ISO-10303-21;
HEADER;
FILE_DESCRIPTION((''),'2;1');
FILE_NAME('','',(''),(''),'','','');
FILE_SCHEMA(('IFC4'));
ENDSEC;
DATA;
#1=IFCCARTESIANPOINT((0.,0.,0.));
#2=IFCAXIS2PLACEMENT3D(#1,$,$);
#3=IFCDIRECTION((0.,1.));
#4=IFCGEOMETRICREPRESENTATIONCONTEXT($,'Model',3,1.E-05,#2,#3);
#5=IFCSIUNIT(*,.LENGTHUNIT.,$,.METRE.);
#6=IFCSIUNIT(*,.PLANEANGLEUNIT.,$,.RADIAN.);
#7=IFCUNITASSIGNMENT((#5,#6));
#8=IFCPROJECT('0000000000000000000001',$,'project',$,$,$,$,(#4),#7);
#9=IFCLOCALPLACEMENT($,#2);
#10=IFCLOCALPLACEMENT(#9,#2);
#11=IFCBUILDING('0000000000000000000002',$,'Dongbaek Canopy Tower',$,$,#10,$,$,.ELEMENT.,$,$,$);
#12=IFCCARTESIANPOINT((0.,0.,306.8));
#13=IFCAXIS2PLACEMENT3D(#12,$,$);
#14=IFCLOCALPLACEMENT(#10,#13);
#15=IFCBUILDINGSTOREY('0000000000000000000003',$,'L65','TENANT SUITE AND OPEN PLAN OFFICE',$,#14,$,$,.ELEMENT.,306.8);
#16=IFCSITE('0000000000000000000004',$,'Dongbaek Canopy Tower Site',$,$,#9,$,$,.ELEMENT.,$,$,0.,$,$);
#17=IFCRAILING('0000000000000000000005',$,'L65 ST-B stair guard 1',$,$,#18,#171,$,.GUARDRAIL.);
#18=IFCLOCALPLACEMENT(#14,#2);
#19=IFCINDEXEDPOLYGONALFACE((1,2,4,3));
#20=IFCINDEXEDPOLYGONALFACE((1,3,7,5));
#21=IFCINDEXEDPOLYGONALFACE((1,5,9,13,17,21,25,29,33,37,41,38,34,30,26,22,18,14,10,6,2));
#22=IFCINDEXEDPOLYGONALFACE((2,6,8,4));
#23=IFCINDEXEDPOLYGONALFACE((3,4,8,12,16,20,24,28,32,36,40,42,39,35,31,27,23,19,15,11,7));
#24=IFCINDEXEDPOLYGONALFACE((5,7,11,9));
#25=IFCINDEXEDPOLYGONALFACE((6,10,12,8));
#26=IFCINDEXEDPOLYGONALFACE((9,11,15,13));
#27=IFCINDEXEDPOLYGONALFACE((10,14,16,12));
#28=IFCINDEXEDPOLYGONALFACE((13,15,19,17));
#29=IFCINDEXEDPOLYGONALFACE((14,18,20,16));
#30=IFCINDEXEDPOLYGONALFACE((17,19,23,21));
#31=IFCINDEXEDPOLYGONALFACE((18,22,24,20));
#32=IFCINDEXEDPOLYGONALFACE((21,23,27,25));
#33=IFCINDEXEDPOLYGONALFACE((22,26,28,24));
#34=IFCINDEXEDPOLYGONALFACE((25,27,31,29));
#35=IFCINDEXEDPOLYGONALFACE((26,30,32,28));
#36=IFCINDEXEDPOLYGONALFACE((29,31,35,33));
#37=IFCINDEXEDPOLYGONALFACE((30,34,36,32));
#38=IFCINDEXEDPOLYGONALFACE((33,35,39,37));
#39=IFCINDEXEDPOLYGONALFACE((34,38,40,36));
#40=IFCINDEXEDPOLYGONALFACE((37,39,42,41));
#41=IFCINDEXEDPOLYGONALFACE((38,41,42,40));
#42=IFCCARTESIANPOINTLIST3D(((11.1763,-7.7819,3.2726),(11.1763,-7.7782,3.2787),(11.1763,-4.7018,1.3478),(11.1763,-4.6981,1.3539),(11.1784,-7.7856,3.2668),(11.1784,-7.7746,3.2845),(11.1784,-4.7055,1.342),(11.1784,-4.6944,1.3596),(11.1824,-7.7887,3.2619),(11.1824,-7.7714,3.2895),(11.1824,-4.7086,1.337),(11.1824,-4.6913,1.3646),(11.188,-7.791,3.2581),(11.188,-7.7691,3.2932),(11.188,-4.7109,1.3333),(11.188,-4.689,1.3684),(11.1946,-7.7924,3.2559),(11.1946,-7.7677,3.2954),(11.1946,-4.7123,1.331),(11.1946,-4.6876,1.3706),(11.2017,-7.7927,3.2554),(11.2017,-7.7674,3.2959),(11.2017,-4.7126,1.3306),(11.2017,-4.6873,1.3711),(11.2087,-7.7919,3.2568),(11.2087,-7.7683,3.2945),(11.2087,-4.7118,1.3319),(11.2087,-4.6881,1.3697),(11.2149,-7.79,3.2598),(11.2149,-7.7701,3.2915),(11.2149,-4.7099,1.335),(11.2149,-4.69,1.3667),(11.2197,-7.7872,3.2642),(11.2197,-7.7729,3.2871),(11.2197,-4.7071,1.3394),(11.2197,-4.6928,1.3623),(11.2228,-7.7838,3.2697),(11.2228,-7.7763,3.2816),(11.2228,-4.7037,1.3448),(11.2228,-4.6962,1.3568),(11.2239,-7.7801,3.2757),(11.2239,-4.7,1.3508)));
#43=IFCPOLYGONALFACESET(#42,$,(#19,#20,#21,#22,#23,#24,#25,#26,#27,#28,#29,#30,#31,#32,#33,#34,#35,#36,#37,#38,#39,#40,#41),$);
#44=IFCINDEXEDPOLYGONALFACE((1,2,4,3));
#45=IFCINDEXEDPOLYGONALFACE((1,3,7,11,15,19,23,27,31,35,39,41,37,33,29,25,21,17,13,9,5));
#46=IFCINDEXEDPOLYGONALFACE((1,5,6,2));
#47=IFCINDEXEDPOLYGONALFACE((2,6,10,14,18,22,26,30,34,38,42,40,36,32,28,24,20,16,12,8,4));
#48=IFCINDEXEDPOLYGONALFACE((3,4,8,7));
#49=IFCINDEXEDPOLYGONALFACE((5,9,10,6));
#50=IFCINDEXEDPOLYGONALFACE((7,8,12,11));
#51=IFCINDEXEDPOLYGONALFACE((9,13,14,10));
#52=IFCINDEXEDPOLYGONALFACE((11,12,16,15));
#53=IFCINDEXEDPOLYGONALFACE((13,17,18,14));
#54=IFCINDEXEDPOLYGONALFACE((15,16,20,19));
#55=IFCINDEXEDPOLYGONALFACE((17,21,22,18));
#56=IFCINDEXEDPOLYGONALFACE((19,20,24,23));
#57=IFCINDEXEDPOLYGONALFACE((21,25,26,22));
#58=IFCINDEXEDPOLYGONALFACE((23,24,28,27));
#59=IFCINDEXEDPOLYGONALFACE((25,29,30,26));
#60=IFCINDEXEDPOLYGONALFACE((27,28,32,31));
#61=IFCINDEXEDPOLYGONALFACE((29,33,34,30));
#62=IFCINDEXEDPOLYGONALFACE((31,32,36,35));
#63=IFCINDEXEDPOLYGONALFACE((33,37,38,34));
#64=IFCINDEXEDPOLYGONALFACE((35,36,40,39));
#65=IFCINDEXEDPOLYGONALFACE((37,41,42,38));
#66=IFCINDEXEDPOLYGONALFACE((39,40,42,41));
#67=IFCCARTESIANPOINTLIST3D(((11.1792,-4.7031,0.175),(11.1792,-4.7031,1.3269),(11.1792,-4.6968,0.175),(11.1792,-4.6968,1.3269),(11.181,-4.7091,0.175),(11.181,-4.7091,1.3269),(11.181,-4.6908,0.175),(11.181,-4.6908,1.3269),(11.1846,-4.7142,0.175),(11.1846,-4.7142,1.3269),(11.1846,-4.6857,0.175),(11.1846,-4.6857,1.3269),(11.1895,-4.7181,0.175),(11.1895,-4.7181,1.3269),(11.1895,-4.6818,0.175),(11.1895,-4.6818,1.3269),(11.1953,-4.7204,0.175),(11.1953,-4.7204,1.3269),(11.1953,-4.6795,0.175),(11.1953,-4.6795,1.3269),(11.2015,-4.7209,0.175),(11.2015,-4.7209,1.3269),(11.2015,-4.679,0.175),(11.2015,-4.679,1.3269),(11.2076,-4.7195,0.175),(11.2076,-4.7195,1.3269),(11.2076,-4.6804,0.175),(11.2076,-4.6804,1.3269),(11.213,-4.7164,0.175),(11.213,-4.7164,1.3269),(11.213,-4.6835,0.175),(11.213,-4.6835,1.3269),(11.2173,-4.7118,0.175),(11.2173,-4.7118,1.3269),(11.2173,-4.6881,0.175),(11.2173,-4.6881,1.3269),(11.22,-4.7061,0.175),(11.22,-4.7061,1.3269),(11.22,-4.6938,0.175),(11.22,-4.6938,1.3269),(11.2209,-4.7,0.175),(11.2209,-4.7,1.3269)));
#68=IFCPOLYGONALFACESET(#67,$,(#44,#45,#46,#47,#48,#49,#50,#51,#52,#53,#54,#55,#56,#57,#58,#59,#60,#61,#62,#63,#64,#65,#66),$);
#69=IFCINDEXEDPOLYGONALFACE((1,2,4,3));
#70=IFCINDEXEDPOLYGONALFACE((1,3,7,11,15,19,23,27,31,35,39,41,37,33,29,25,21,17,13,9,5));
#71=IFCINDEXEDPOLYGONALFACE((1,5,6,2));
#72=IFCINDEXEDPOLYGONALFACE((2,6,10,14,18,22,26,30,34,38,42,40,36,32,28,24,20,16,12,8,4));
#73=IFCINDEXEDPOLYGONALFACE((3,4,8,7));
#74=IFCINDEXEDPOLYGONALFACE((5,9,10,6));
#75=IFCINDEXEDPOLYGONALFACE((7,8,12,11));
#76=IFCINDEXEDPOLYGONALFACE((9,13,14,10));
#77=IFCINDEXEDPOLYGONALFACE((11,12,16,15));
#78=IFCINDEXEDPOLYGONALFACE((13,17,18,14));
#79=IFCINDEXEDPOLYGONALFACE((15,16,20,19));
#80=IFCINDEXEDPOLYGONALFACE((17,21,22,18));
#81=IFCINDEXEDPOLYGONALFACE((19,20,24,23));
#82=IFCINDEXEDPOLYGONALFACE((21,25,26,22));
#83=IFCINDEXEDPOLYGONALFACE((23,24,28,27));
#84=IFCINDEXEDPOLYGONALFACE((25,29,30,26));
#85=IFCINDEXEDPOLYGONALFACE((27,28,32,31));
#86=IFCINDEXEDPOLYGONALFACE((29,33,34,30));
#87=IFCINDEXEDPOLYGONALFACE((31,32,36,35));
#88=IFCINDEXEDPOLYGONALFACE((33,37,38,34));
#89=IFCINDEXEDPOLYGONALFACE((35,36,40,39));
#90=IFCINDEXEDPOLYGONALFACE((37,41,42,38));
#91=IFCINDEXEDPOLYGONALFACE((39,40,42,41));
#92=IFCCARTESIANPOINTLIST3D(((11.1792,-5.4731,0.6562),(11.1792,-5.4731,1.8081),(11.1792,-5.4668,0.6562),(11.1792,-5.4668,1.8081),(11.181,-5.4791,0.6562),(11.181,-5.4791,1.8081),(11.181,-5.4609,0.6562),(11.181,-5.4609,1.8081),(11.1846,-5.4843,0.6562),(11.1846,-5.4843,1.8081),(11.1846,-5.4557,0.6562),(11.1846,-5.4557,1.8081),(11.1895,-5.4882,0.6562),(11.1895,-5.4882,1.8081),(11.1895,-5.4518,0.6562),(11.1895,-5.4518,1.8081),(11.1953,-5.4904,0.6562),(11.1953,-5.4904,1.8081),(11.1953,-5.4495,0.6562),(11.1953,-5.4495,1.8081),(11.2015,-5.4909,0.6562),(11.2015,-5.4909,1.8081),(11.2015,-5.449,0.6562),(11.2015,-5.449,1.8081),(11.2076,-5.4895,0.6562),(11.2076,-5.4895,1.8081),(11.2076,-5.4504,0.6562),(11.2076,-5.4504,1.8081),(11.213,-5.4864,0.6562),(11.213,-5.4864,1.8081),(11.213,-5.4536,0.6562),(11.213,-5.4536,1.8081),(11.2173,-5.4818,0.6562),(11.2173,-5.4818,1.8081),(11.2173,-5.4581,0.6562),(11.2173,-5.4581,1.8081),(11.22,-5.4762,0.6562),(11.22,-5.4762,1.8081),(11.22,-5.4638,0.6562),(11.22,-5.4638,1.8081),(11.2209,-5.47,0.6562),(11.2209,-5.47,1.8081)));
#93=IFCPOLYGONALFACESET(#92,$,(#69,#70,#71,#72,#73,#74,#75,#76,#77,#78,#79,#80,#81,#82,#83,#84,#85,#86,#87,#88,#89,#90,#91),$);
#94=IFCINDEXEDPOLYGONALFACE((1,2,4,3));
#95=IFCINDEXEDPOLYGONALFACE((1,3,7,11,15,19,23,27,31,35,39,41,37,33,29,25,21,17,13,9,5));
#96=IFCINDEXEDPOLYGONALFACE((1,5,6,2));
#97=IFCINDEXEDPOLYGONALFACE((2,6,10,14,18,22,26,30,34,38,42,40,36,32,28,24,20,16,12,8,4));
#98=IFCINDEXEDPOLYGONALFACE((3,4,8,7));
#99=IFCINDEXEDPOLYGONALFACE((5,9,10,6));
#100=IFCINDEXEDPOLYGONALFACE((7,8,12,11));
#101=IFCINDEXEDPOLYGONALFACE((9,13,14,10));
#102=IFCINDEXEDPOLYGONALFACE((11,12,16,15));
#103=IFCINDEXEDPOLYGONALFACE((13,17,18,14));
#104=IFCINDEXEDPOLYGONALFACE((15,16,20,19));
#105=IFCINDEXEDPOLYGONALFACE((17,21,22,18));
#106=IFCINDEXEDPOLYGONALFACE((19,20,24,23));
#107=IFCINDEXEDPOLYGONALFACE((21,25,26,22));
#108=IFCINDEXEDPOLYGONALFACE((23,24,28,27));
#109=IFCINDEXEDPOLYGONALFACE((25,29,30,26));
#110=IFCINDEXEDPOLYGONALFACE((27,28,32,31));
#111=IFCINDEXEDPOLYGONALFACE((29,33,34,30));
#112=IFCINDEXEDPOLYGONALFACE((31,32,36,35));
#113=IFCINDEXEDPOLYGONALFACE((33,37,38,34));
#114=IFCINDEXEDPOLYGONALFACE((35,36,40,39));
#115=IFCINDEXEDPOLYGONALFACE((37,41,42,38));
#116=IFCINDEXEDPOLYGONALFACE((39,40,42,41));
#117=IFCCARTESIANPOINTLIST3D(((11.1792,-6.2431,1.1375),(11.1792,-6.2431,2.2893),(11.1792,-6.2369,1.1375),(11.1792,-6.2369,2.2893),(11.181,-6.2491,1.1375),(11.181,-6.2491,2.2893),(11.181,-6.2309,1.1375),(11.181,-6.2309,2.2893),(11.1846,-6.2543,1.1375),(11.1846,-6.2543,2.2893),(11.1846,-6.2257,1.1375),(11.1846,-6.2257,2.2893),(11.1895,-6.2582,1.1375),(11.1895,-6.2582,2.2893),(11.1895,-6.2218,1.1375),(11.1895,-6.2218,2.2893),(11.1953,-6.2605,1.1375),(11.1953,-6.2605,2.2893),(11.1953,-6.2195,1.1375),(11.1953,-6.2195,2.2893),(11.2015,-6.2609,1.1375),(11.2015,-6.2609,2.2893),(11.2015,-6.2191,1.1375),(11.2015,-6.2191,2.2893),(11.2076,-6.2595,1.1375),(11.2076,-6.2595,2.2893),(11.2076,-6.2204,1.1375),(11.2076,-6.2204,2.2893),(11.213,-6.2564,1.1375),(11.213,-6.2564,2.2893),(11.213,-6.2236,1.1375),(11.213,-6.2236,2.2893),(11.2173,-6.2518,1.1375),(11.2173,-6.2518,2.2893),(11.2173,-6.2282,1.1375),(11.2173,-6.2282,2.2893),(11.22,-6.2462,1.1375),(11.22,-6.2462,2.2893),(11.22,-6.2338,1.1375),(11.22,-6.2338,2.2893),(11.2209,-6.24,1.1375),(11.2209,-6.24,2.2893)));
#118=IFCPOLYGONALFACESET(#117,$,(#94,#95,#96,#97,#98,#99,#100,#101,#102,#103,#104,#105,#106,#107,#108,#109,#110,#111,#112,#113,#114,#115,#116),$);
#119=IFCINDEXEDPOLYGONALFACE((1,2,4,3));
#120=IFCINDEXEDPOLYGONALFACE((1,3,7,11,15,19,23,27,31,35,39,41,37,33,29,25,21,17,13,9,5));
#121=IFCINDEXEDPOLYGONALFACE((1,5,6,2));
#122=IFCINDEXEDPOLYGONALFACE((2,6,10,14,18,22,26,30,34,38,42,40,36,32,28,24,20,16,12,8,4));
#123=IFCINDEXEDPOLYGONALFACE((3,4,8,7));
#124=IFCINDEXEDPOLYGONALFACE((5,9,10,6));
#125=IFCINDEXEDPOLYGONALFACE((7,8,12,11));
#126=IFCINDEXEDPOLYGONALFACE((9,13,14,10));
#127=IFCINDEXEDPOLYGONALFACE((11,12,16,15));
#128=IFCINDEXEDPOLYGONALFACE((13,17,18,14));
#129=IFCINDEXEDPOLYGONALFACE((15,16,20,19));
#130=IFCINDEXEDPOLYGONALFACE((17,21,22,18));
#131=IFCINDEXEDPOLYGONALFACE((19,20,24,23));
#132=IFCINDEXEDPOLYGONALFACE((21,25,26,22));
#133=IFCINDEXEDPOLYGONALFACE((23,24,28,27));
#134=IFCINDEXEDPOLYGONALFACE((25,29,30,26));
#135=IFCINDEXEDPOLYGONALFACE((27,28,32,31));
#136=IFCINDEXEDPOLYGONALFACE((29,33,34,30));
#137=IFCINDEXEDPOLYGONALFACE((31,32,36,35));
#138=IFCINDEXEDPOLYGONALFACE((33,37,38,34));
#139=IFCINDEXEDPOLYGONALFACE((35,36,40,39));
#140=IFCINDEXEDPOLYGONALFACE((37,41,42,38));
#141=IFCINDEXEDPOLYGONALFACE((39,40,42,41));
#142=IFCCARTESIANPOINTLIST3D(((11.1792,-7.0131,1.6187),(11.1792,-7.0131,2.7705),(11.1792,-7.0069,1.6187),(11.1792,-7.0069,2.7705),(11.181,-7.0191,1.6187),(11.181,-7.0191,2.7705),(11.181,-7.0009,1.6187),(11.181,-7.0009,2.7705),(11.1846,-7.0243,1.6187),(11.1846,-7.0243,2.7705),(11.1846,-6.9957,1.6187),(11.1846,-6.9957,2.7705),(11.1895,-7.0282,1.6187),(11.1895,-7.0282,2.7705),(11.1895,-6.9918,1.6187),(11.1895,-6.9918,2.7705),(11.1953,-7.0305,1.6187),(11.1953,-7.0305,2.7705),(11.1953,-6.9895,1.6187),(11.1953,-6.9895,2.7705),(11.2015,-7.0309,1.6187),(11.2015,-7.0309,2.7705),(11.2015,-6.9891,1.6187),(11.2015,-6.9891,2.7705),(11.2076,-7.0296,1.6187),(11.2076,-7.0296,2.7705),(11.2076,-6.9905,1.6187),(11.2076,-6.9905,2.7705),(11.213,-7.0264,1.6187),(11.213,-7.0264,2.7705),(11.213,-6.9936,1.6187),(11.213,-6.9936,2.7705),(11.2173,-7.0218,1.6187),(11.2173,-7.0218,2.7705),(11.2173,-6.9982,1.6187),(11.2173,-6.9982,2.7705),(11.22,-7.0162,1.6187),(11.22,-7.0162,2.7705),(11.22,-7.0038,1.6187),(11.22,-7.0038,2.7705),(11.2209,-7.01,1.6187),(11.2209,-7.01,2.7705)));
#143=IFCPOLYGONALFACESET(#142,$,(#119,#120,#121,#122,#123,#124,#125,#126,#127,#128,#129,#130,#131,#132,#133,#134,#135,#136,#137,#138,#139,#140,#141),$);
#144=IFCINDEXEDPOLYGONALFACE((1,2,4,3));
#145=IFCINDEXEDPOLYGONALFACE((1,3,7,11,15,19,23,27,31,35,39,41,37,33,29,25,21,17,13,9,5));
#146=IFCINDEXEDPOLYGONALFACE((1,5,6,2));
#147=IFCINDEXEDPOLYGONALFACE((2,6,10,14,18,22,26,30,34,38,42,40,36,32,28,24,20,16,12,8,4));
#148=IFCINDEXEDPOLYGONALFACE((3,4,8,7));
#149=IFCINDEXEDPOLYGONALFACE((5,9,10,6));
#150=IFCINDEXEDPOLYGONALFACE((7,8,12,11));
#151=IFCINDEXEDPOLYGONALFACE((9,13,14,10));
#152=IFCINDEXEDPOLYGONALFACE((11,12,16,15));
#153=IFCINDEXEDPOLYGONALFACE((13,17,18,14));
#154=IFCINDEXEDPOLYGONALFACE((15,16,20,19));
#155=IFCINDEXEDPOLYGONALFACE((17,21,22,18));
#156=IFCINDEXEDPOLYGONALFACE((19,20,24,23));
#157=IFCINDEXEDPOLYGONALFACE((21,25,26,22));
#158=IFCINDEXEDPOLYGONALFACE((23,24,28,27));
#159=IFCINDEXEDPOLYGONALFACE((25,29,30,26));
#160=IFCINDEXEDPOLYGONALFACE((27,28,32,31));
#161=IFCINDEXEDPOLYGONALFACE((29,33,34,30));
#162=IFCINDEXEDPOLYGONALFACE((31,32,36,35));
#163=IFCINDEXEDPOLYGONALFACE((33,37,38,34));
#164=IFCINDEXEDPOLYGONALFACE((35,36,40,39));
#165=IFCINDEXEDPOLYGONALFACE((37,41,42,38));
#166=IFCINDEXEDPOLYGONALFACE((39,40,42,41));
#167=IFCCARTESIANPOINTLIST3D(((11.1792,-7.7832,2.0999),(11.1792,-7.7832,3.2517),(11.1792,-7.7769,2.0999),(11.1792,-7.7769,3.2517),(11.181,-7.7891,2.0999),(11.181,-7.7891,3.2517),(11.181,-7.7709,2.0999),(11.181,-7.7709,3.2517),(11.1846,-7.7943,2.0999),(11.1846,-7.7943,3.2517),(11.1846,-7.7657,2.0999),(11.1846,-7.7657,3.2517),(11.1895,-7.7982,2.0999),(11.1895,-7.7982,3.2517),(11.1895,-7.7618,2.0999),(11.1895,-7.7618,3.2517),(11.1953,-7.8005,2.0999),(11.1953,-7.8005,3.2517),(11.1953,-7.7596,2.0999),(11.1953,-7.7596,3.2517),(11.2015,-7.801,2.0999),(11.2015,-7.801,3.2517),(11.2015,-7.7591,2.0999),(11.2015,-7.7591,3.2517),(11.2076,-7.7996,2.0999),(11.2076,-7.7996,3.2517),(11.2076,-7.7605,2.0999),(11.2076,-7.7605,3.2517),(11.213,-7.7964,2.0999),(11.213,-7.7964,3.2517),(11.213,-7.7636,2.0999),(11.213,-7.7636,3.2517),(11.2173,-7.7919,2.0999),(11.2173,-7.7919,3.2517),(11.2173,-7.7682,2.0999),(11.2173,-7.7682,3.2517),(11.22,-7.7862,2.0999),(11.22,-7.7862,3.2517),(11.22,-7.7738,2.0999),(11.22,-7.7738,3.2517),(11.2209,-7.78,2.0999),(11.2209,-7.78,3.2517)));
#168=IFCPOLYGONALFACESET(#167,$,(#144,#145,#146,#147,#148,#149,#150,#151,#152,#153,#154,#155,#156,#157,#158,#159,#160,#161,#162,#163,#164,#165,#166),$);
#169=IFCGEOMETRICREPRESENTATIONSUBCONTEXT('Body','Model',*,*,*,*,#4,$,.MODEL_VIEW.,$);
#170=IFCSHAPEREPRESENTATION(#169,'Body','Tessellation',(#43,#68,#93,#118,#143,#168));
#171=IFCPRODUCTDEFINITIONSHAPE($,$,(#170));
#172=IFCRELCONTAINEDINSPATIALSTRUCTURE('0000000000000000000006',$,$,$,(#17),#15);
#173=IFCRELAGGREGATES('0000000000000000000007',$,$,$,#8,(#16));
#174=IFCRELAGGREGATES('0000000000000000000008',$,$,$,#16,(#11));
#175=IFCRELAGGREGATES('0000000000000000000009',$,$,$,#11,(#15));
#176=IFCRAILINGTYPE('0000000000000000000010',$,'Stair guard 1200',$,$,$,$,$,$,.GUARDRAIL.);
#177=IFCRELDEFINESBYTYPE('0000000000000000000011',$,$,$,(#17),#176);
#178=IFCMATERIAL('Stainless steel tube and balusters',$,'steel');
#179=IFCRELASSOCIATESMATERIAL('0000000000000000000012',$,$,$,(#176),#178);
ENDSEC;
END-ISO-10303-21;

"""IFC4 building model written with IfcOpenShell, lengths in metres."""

from ifc_helpers import new_model, si_unit, direction, frame, origin, origin_2d, place, context, subcontext, project, spatial, circle, extrude, material, type_object, element, save


model = new_model("IFC4")

# Units and contexts
model_context = context("Model", 3, precision=1e-05, world=origin(), true_north=direction((0.0, 1.0)))
body_context = subcontext(model_context, "Body", "Model", "MODEL_VIEW")
ifc_project = project(units=[si_unit("LENGTHUNIT", "METRE"), si_unit("PLANEANGLEUNIT", "RADIAN")], contexts=[model_context])

# Site, building, storey
site_placement = place(None, origin())
site = spatial("IfcSite", under=ifc_project, at=site_placement, Name="Dongbaek Canopy Tower Site", CompositionType="ELEMENT", RefElevation=0.0)
building_placement = place(site_placement, origin())
building = spatial("IfcBuilding", under=site, at=building_placement, Name="Dongbaek Canopy Tower", CompositionType="ELEMENT")
storey_placement = place(building_placement, frame((0.0, 0.0, 306.8)))
storey = spatial("IfcBuildingStorey", under=building, at=storey_placement, Name="L65", Description="TENANT SUITE AND OPEN PLAN OFFICE", CompositionType="ELEMENT", Elevation=306.8)

# Railing
ifc_material_1 = material(Name="Stainless steel tube and balusters", Category="steel")
railing_type_1 = type_object("IfcRailingType", Name="Stair guard 1200", PredefinedType="GUARDRAIL", material=ifc_material_1)
railing_1_placement = place(storey_placement, frame((11.2, -4.7, 0.175)))
element("IfcRailing", 1, at=railing_1_placement, inside=storey, type_object=railing_type_1, Name="L65 ST-B stair guard 1", PredefinedType="GUARDRAIL", context=body_context, shape_type="SweptSolid", body=[
    extrude(circle(Radius=0.0239, at=origin_2d()), frame((0.0, 0.0, 1.1758), z_axis=(0.0, -0.848029, 0.529951), x_axis=(1.0, 0.0, 0.0)), (0.0, 0.0, 1.0), 3.6321),
    extrude(circle(Radius=0.021, at=origin_2d()), origin(), (0.0, 0.0, 1.0), 1.1519),
    extrude(circle(Radius=0.021, at=origin_2d()), frame((0.0, -0.77, 0.4812)), (0.0, 0.0, 1.0), 1.1519),
    extrude(circle(Radius=0.021, at=origin_2d()), frame((0.0, -1.54, 0.9624)), (0.0, 0.0, 1.0), 1.1519),
    extrude(circle(Radius=0.021, at=origin_2d()), frame((0.0, -2.3101, 1.4436)), (0.0, 0.0, 1.0), 1.1519),
    extrude(circle(Radius=0.021, at=origin_2d()), frame((0.0, -3.0801, 1.9248)), (0.0, 0.0, 1.0), 1.1519),
])

save(model, "model.ifc")
